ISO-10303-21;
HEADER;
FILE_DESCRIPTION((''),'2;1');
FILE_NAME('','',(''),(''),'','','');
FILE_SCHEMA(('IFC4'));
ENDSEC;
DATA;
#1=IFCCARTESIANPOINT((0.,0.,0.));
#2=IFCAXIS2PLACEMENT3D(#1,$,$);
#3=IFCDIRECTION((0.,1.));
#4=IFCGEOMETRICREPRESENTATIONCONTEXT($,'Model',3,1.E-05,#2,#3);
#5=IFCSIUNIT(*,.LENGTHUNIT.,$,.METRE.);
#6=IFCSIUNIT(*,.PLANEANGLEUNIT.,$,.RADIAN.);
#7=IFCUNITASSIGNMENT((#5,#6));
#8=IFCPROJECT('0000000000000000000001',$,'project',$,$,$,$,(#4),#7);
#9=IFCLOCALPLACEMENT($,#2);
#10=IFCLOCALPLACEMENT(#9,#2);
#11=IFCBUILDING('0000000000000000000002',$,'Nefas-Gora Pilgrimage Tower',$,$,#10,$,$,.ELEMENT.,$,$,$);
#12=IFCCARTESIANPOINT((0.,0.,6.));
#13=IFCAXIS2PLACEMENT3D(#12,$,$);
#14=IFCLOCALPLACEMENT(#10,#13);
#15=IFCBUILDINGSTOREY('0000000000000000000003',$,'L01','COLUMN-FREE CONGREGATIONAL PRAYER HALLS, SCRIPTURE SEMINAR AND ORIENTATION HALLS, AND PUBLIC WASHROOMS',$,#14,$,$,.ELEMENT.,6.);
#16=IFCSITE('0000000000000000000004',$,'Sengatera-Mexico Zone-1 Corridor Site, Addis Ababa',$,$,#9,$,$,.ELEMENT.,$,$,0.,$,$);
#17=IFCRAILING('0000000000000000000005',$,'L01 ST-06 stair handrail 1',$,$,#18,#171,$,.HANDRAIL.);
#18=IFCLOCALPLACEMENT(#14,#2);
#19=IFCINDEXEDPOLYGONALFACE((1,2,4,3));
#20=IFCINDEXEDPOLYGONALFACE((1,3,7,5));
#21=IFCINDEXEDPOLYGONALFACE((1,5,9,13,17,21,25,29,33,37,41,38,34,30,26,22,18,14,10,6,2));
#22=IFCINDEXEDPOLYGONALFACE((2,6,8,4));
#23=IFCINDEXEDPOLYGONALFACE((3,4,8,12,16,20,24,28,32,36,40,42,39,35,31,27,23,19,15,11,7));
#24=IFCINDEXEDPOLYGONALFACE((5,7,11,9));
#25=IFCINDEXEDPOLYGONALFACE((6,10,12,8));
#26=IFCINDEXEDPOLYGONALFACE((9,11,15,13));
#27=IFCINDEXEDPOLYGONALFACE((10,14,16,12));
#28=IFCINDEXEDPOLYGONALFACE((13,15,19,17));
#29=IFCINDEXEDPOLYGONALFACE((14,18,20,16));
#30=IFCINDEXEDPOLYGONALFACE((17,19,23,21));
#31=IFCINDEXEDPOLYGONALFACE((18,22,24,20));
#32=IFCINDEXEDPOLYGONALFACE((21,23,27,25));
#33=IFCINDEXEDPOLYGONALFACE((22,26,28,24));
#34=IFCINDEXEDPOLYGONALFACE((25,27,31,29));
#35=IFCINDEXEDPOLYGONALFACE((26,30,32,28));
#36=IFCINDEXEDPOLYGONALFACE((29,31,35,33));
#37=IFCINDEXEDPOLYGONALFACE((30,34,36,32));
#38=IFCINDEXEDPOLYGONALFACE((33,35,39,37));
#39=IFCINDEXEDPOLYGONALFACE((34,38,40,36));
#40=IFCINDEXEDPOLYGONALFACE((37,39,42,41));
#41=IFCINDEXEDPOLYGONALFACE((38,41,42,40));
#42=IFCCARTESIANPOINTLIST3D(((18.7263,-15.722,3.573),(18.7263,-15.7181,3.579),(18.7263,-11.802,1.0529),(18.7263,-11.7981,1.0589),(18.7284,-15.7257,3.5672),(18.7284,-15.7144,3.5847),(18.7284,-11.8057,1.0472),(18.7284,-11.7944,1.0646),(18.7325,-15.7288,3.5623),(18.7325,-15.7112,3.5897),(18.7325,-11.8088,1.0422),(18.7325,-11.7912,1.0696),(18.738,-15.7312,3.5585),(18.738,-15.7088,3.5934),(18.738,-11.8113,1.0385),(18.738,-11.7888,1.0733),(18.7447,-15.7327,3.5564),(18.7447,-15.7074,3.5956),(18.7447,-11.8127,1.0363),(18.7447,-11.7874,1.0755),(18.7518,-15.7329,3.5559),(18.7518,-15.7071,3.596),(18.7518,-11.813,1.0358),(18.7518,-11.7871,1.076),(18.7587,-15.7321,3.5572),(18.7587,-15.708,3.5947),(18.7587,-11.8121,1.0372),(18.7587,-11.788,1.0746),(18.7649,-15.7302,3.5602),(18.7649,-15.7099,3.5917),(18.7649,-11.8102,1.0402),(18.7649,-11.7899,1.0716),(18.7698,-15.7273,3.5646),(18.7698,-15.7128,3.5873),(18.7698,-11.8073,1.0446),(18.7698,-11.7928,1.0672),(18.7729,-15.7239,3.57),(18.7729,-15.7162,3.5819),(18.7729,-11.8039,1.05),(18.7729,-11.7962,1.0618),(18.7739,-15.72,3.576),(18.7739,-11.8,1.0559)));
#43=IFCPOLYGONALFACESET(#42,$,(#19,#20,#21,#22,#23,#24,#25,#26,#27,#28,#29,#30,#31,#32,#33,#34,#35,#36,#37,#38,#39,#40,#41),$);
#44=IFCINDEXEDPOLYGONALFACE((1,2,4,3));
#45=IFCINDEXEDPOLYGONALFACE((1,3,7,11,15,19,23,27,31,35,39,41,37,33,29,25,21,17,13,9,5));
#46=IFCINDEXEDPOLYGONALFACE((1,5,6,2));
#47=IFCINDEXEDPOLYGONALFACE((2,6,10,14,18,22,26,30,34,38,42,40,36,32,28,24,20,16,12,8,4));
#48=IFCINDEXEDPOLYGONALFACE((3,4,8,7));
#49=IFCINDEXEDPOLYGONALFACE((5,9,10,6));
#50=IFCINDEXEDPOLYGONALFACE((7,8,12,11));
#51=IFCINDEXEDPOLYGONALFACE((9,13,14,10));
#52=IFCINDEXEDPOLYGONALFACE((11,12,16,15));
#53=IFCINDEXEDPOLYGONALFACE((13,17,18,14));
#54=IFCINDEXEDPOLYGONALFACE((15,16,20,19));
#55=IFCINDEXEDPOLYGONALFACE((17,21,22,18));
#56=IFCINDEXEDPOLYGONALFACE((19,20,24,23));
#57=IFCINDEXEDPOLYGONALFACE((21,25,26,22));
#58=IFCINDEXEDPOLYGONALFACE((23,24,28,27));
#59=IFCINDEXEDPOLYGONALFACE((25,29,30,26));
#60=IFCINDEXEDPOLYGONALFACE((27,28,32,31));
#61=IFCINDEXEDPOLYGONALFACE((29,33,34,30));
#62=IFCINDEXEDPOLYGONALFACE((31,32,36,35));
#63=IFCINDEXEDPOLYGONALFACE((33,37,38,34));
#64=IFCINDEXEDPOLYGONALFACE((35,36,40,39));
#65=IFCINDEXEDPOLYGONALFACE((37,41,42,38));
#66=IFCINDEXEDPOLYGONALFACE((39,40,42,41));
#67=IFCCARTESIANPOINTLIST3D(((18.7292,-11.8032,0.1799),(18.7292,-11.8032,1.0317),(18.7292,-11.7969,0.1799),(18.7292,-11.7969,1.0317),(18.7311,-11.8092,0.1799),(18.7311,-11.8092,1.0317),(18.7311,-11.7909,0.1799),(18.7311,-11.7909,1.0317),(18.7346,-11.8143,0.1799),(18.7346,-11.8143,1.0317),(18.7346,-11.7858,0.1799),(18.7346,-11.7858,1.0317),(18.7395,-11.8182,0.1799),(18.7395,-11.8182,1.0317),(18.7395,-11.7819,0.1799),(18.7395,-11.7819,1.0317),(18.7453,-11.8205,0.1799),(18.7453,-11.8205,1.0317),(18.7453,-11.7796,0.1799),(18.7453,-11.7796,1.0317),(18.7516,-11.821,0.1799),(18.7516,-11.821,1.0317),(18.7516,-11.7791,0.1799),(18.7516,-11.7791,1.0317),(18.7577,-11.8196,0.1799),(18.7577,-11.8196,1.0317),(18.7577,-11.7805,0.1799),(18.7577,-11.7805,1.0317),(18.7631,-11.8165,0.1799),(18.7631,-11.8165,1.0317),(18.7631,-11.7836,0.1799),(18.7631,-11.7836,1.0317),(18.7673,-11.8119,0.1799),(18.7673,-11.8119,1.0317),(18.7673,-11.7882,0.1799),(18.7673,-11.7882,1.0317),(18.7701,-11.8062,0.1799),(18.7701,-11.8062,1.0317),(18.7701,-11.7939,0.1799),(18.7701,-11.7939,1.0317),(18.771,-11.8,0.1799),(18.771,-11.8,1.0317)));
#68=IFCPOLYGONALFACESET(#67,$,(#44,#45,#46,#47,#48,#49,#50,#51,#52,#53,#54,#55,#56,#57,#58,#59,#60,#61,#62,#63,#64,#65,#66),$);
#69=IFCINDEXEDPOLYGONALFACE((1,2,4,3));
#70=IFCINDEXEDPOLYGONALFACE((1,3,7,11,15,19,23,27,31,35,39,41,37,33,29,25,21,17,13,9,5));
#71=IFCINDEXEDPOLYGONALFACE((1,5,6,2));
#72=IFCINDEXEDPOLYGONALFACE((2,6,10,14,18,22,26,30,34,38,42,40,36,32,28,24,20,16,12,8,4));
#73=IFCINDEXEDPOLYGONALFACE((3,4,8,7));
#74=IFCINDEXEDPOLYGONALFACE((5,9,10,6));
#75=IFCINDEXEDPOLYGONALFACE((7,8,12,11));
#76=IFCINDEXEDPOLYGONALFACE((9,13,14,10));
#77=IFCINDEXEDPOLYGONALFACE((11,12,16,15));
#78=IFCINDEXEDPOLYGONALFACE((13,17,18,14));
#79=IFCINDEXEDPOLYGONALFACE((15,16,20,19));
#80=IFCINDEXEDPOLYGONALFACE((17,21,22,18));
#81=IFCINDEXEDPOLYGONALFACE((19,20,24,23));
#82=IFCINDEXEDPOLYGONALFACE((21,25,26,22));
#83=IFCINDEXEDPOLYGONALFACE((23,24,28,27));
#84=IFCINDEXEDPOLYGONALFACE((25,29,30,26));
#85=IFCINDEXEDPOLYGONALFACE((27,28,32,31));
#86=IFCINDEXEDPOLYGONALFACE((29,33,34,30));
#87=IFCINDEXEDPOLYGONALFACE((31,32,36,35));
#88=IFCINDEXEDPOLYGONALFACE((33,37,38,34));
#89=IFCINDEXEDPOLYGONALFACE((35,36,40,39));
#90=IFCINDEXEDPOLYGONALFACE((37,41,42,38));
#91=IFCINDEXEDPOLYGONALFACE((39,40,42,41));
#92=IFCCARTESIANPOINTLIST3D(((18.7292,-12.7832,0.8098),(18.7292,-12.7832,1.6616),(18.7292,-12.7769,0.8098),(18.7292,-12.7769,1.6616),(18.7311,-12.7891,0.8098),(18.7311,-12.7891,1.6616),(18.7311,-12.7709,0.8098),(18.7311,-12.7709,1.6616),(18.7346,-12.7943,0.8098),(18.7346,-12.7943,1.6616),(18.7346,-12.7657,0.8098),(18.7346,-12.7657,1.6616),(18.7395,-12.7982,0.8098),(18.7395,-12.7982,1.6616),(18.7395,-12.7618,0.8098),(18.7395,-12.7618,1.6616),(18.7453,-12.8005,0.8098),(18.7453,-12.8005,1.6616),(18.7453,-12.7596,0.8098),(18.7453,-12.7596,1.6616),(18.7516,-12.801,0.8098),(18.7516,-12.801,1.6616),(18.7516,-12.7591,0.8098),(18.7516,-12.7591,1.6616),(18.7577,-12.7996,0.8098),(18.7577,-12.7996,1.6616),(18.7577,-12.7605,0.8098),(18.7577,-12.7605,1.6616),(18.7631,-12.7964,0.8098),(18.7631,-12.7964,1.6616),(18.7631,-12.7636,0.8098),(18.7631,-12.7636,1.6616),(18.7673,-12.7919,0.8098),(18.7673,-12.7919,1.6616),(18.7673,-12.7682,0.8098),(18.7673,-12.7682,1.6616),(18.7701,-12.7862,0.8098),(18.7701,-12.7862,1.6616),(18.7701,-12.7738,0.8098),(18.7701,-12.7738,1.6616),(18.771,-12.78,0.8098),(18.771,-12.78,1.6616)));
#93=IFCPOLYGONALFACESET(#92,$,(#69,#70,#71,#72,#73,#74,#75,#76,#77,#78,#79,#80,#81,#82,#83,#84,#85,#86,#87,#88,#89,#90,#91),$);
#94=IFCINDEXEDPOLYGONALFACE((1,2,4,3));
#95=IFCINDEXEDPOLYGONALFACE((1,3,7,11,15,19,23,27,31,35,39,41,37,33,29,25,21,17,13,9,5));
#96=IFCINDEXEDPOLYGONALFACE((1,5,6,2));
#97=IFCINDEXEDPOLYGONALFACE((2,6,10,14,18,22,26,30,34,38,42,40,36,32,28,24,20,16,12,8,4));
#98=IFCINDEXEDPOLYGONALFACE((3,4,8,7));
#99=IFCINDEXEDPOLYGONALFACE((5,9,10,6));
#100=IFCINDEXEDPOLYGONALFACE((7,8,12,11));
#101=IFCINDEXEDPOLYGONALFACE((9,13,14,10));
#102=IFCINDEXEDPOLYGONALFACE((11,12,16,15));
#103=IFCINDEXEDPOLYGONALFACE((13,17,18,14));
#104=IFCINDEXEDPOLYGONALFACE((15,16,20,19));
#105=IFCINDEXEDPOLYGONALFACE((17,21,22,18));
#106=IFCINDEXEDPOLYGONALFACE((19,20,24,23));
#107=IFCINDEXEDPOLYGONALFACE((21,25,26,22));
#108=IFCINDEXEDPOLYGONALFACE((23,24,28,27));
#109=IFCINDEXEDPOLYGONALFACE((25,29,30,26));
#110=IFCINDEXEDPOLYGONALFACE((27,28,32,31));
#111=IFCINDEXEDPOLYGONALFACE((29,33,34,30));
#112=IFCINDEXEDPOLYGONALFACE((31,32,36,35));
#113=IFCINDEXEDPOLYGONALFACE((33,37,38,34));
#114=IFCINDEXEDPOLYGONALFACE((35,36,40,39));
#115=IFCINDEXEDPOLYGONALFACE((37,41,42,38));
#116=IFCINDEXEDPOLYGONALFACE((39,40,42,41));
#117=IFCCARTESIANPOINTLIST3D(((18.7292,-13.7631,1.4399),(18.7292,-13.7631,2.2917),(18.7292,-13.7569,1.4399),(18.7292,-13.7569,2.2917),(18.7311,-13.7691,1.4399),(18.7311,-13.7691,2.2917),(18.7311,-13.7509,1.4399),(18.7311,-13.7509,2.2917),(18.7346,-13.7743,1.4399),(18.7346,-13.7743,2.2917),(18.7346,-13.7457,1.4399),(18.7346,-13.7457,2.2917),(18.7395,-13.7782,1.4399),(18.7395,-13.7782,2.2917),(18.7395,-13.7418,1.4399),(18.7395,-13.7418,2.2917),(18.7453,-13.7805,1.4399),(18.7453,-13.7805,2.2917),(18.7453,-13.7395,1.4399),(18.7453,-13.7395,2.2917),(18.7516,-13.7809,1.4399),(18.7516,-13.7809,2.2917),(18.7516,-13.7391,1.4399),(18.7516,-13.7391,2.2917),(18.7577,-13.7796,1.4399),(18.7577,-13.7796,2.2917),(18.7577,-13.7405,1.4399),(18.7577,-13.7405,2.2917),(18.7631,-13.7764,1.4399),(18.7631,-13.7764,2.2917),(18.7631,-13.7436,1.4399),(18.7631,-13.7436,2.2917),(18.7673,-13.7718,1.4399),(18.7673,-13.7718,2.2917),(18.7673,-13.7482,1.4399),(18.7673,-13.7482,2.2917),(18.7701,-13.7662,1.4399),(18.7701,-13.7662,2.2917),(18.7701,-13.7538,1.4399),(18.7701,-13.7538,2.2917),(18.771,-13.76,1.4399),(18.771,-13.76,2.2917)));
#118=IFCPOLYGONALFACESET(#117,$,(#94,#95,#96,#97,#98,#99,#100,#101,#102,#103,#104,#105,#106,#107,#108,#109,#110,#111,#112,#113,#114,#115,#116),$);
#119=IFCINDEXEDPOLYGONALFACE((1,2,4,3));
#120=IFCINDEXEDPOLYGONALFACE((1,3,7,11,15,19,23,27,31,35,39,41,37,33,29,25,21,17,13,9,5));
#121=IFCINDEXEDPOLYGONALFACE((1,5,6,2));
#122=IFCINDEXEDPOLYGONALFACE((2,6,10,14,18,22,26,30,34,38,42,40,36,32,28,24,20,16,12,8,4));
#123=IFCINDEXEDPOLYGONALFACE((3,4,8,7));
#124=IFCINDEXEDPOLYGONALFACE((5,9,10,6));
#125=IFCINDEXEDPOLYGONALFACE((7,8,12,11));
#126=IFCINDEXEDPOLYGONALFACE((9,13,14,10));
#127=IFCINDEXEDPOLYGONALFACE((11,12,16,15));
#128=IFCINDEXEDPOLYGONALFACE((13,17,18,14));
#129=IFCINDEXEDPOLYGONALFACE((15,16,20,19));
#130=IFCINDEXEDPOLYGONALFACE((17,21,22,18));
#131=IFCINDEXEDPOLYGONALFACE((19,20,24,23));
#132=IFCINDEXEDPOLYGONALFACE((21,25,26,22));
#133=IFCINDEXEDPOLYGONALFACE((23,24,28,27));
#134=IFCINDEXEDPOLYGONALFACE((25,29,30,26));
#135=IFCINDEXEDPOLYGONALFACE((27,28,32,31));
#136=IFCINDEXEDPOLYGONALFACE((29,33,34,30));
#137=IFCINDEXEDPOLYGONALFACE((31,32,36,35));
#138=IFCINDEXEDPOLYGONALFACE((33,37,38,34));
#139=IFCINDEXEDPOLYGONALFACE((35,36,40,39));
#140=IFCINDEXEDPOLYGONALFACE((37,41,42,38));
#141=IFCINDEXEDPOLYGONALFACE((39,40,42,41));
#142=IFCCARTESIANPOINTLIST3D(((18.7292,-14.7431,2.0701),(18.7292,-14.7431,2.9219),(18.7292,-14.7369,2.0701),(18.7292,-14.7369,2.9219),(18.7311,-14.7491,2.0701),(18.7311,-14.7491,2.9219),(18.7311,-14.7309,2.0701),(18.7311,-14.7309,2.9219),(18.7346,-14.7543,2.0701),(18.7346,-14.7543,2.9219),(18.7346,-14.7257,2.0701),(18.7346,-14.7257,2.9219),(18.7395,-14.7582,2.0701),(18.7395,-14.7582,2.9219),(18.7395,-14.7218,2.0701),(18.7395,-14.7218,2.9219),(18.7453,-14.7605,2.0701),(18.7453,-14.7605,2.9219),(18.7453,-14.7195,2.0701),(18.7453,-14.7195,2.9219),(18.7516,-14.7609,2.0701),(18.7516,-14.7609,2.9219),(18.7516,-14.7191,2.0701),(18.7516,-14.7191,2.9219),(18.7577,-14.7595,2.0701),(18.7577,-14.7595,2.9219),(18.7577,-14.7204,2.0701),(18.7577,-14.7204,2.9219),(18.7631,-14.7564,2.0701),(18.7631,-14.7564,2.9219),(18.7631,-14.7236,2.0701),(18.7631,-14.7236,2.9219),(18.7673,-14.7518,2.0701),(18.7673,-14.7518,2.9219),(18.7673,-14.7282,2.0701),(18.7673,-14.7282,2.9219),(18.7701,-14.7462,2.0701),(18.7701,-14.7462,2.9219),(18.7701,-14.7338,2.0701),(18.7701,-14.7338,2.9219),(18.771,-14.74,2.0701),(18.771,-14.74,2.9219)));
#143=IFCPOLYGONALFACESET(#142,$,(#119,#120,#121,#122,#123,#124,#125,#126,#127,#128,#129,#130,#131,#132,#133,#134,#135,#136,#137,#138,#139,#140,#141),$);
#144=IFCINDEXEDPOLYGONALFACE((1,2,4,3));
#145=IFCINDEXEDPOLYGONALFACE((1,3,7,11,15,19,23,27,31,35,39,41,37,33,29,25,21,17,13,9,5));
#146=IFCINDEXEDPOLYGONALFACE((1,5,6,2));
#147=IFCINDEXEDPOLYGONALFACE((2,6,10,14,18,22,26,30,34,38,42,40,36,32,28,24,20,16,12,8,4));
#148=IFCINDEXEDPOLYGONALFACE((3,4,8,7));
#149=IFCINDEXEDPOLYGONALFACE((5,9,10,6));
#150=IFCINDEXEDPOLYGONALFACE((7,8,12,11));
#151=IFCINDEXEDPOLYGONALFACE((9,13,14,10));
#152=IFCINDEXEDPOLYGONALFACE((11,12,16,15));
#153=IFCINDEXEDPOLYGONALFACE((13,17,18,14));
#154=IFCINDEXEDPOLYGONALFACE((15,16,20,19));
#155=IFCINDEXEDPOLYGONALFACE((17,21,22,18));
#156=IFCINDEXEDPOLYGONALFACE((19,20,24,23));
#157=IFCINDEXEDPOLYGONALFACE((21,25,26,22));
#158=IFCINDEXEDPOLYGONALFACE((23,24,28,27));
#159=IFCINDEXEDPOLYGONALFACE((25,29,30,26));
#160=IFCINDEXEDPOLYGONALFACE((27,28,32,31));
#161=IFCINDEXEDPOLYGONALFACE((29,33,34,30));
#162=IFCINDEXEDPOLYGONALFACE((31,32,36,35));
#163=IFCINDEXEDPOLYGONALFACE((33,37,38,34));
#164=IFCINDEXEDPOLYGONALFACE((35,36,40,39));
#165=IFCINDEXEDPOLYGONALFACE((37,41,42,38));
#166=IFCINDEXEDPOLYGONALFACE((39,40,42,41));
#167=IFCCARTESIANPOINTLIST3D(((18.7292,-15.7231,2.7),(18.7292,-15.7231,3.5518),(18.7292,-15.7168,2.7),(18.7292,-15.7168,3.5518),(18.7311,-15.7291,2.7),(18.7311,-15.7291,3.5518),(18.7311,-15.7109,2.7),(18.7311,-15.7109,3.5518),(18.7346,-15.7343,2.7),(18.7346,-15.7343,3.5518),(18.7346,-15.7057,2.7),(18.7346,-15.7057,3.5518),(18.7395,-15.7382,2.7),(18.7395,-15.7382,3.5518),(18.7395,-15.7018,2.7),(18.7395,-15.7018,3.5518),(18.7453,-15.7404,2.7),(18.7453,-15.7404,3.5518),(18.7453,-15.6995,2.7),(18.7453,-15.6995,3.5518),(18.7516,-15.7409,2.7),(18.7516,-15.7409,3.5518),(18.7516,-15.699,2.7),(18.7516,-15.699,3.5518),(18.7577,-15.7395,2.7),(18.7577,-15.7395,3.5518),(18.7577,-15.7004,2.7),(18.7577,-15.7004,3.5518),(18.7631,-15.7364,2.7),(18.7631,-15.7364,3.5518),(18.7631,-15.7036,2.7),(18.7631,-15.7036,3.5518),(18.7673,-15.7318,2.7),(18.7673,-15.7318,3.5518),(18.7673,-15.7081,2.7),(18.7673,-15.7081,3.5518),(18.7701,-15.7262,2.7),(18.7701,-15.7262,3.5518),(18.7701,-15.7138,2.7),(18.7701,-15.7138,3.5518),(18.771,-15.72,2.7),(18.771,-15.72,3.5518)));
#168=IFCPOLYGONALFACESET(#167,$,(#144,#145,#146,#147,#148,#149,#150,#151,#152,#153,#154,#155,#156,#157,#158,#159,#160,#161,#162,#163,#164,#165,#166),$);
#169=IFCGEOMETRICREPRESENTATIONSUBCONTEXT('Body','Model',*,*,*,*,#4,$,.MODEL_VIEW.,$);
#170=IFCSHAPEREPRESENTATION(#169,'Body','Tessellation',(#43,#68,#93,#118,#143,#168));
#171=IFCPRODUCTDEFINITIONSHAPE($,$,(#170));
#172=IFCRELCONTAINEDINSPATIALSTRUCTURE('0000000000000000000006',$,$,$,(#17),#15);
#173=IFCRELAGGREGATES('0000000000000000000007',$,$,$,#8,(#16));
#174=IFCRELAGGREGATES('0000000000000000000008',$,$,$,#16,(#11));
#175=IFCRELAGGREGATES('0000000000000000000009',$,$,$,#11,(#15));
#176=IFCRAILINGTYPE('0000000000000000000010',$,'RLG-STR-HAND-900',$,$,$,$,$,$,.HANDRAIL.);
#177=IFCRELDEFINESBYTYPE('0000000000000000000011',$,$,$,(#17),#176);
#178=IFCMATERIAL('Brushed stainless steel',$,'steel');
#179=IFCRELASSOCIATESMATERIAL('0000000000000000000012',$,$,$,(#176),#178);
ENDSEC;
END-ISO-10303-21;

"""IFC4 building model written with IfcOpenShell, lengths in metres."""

from ifc_helpers import new_model, si_unit, direction, frame, origin, origin_2d, place, context, subcontext, project, spatial, circle, extrude, material, type_object, element, save


model = new_model("IFC4")

# Units and contexts
model_context = context("Model", 3, precision=1e-05, world=origin(), true_north=direction((0.0, 1.0)))
body_context = subcontext(model_context, "Body", "Model", "MODEL_VIEW")
ifc_project = project(units=[si_unit("LENGTHUNIT", "METRE"), si_unit("PLANEANGLEUNIT", "RADIAN")], contexts=[model_context])

# Site, building, storey
site_placement = place(None, origin())
site = spatial("IfcSite", under=ifc_project, at=site_placement, Name="Sengatera-Mexico Zone-1 Corridor Site, Addis Ababa", CompositionType="ELEMENT", RefElevation=0.0)
building_placement = place(site_placement, origin())
building = spatial("IfcBuilding", under=site, at=building_placement, Name="Nefas-Gora Pilgrimage Tower", CompositionType="ELEMENT")
storey_placement = place(building_placement, frame((0.0, 0.0, 6.0)))
storey = spatial("IfcBuildingStorey", under=building, at=storey_placement, Name="L01", Description="COLUMN-FREE CONGREGATIONAL PRAYER HALLS, SCRIPTURE SEMINAR AND ORIENTATION HALLS, AND PUBLIC WASHROOMS", CompositionType="ELEMENT", Elevation=6.0)

# Railing
ifc_material_1 = material(Name="Brushed stainless steel", Category="steel")
railing_type_1 = type_object("IfcRailingType", Name="RLG-STR-HAND-900", PredefinedType="HANDRAIL", material=ifc_material_1)
railing_1_placement = place(storey_placement, frame((18.75, -11.8, 0.1799)))
element("IfcRailing", 1, at=railing_1_placement, inside=storey, type_object=railing_type_1, Name="L01 ST-06 stair handrail 1", PredefinedType="HANDRAIL", context=body_context, shape_type="SweptSolid", body=[
    extrude(circle(Radius=0.0239, at=origin_2d()), frame((0.0, 0.0, 0.876), z_axis=(0.0, -0.841172, 0.540768), x_axis=(1.0, 0.0, 0.0)), (0.0, 0.0, 1.0), 4.6602),
    extrude(circle(Radius=0.021, at=origin_2d()), origin(), (0.0, 0.0, 1.0), 0.8518),
    extrude(circle(Radius=0.021, at=origin_2d()), frame((0.0, -0.98, 0.6299)), (0.0, 0.0, 1.0), 0.8518),
    extrude(circle(Radius=0.021, at=origin_2d()), frame((0.0, -1.96, 1.26)), (0.0, 0.0, 1.0), 0.8518),
    extrude(circle(Radius=0.021, at=origin_2d()), frame((0.0, -2.9399, 1.8901)), (0.0, 0.0, 1.0), 0.8518),
    extrude(circle(Radius=0.021, at=origin_2d()), frame((0.0, -3.9199, 2.52)), (0.0, 0.0, 1.0), 0.8518),
])

save(model, "model.ifc")
